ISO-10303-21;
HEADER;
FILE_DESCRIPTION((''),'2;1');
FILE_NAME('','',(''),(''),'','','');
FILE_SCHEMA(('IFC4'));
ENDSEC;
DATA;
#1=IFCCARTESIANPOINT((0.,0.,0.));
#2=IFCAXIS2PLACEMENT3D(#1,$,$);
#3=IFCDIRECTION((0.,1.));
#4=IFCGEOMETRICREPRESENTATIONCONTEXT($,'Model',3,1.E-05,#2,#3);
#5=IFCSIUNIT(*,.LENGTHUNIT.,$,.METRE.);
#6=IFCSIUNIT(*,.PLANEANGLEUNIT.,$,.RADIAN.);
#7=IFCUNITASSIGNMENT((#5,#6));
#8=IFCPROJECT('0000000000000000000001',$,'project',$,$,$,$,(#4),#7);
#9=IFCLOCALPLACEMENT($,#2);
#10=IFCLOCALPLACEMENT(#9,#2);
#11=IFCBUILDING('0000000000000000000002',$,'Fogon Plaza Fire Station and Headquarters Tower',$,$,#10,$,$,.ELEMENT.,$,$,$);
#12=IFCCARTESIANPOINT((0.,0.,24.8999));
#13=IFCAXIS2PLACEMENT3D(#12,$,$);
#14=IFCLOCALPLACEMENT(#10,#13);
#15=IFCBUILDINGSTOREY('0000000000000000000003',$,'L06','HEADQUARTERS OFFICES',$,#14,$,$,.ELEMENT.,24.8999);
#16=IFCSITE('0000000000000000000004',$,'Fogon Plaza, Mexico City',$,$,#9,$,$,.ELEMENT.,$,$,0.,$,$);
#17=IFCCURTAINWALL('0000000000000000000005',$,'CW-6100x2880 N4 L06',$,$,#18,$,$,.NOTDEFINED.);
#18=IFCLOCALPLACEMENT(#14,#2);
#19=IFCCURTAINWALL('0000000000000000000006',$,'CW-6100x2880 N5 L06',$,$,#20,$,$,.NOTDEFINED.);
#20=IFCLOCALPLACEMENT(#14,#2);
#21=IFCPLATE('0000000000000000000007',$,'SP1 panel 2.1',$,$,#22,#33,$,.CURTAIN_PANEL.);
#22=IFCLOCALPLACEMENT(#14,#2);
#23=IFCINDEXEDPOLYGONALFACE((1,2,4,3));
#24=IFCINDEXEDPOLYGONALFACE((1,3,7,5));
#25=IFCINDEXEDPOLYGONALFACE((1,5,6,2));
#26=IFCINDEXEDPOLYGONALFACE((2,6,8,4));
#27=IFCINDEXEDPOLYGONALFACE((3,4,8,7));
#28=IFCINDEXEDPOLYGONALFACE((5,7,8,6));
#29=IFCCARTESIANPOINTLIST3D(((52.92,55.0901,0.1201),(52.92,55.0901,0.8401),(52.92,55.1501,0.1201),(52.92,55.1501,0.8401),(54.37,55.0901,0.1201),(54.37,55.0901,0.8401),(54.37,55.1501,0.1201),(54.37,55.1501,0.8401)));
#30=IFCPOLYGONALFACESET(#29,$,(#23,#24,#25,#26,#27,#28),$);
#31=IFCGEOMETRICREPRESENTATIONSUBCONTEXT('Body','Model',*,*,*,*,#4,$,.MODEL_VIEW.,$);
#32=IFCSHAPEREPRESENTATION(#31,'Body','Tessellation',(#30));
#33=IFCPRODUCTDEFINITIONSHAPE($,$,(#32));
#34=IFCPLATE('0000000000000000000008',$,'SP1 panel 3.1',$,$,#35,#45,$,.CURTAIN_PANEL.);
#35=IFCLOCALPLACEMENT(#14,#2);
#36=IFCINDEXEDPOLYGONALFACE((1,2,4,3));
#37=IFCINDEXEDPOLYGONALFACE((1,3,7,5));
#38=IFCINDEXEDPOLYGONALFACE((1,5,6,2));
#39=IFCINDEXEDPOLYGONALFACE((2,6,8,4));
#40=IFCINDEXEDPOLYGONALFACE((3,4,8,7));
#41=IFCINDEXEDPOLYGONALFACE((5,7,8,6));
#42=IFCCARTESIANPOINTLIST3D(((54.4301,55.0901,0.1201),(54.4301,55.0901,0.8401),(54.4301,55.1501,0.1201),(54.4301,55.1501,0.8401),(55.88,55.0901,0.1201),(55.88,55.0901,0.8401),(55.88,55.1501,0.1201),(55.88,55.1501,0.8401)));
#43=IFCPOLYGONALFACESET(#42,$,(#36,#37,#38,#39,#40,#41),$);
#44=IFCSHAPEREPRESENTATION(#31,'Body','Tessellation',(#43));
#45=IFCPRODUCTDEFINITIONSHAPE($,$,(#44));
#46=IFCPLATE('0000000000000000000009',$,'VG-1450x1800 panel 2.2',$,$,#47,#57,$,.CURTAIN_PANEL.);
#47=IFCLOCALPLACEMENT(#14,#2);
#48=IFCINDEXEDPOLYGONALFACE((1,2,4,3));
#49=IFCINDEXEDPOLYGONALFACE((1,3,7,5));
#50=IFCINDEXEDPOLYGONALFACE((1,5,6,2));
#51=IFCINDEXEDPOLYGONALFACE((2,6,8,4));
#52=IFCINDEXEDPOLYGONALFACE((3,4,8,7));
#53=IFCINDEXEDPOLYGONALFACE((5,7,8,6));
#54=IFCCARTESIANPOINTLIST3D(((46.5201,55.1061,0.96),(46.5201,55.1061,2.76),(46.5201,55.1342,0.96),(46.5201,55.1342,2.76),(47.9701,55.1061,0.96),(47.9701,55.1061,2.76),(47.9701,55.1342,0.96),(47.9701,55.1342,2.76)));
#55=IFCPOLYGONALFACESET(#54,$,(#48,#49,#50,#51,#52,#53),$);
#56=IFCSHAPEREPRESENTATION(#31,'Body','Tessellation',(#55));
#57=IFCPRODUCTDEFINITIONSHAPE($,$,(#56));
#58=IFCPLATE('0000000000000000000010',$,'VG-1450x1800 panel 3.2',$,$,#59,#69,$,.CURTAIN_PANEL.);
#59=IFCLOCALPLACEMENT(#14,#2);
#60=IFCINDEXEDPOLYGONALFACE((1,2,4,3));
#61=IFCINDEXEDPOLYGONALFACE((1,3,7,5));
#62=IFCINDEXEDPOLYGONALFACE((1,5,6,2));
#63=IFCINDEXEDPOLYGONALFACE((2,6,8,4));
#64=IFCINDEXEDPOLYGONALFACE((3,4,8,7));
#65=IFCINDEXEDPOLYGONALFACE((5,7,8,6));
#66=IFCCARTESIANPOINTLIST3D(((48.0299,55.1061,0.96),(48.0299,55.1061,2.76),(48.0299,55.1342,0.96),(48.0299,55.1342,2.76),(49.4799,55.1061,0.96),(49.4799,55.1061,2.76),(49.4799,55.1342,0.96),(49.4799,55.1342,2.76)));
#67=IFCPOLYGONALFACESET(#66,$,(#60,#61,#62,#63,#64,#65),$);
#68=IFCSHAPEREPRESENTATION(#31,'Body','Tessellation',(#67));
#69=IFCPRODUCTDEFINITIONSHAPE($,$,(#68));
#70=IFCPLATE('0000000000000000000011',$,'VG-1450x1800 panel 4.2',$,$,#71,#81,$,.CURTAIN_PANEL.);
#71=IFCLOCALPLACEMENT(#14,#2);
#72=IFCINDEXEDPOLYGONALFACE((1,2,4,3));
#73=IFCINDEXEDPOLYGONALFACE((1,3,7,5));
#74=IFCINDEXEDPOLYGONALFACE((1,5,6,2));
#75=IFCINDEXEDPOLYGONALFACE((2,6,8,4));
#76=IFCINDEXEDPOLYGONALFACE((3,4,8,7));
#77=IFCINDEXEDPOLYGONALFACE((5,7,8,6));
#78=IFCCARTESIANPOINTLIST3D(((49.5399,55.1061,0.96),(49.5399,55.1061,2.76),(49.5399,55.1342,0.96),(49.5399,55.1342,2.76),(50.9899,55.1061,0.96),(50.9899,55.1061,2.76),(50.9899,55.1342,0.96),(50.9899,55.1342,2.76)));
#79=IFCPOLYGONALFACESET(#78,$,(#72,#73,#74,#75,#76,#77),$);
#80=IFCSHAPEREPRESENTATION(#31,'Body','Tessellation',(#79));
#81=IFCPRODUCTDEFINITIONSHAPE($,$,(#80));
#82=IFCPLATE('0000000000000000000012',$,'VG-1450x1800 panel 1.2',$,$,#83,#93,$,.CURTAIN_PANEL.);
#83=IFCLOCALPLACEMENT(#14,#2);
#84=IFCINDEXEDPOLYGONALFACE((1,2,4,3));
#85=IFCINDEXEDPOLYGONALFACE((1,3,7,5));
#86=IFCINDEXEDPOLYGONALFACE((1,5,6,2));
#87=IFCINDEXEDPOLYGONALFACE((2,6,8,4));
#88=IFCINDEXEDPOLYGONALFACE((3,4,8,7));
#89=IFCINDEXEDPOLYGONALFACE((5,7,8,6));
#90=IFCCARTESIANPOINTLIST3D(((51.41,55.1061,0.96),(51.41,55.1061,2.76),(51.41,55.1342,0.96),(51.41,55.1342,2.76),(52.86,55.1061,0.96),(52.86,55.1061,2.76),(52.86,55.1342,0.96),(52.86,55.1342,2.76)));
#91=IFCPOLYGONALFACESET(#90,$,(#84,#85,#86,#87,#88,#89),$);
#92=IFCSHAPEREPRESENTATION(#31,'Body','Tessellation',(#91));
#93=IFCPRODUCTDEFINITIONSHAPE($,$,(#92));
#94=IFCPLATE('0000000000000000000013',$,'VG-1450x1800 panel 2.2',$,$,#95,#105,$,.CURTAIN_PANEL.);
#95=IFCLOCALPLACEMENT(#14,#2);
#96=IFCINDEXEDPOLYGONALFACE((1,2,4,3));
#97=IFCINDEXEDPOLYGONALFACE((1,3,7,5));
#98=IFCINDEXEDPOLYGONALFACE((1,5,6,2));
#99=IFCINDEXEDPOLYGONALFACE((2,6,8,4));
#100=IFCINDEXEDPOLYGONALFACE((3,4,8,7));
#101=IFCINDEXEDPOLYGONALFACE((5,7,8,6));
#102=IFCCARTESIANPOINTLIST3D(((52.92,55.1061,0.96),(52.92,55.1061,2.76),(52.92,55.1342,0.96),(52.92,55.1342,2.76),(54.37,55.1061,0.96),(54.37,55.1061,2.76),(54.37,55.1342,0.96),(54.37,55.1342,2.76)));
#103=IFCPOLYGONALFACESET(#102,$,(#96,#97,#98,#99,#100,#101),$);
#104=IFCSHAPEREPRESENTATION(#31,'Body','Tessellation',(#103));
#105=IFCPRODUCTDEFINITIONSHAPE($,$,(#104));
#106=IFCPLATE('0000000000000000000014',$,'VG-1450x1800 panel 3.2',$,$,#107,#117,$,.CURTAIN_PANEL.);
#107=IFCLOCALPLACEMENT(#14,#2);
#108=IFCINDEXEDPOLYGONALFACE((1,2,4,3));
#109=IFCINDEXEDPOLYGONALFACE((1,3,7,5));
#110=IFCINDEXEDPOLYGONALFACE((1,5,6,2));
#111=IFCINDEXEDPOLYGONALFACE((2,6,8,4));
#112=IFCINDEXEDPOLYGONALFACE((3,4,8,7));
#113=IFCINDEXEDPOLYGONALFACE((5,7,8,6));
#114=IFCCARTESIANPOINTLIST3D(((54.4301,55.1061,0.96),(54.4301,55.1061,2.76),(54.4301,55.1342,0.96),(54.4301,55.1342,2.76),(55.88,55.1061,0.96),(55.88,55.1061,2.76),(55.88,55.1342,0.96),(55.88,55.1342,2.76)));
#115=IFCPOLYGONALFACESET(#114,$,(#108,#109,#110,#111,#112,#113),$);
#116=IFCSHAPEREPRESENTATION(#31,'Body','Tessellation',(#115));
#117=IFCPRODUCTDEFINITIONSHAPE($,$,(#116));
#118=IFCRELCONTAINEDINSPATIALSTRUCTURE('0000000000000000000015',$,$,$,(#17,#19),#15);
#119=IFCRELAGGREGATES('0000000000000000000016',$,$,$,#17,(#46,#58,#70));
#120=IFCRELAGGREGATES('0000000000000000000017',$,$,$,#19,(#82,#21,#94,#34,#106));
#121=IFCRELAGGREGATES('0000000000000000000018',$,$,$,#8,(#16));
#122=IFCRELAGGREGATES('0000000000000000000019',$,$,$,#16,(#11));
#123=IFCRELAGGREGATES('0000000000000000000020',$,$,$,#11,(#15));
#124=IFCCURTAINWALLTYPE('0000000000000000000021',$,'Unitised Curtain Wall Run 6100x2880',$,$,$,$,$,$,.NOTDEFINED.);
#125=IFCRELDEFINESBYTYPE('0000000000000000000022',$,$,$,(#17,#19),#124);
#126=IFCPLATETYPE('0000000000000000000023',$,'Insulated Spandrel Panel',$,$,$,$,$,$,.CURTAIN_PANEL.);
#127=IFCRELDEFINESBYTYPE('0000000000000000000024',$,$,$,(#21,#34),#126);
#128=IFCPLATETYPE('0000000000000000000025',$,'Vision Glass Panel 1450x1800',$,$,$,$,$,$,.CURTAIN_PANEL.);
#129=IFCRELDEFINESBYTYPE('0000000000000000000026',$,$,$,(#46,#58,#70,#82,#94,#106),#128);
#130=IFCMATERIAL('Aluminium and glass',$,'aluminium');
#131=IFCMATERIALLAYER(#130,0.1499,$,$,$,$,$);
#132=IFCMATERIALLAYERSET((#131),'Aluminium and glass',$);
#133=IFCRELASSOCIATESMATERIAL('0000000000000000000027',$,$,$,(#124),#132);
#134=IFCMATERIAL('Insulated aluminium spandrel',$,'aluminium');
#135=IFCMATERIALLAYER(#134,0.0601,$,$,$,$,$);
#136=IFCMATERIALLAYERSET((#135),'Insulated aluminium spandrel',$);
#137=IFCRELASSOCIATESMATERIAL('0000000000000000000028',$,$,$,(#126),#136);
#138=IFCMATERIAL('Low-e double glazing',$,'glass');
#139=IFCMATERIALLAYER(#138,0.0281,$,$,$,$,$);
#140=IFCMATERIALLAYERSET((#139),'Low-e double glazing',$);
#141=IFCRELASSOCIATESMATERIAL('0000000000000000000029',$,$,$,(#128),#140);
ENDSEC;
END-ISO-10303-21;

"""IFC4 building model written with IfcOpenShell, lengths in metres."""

from ifc_helpers import new_model, si_unit, direction, frame, origin, origin_2d, place, context, subcontext, project, spatial, rectangle, extrude, material, layer, layer_set, type_object, element, aggregate, save


model = new_model("IFC4")

# Units and contexts
model_context = context("Model", 3, precision=1e-05, world=origin(), true_north=direction((0.0, 1.0)))
body_context = subcontext(model_context, "Body", "Model", "MODEL_VIEW")
ifc_project = project(units=[si_unit("LENGTHUNIT", "METRE"), si_unit("PLANEANGLEUNIT", "RADIAN")], contexts=[model_context])

# Site, building, storey
site_placement = place(None, origin())
site = spatial("IfcSite", under=ifc_project, at=site_placement, Name="Fogon Plaza, Mexico City", CompositionType="ELEMENT", RefElevation=0.0)
building_placement = place(site_placement, origin())
building = spatial("IfcBuilding", under=site, at=building_placement, Name="Fogon Plaza Fire Station and Headquarters Tower", CompositionType="ELEMENT")
storey_placement = place(building_placement, frame((0.0, 0.0, 24.8999)))
storey = spatial("IfcBuildingStorey", under=building, at=storey_placement, Name="L06", Description="HEADQUARTERS OFFICES", CompositionType="ELEMENT", Elevation=24.8999)

# Curtain walls
ifc_material_1 = material(Name="Aluminium and glass", Category="aluminium")
ifc_layer_1 = layer(ifc_material_1, 0.1499)
ifc_layer_set_1 = layer_set([ifc_layer_1], Name="Aluminium and glass")
curtain_wall_type = type_object("IfcCurtainWallType", Name="Unitised Curtain Wall Run 6100x2880", PredefinedType="NOTDEFINED", material=ifc_layer_set_1)
curtain_wall_1_placement = place(storey_placement, origin())
curtain_wall_1 = element("IfcCurtainWall", 1, at=curtain_wall_1_placement, inside=storey, type_object=curtain_wall_type, Name="CW-6100x2880 N4 L06", PredefinedType="NOTDEFINED")
curtain_wall_2_placement = place(storey_placement, origin())
curtain_wall_2 = element("IfcCurtainWall", 2, at=curtain_wall_2_placement, inside=storey, type_object=curtain_wall_type, Name="CW-6100x2880 N5 L06", PredefinedType="NOTDEFINED")

# Plates
ifc_material_2 = material(Name="Insulated aluminium spandrel", Category="aluminium")
ifc_layer_2 = layer(ifc_material_2, 0.0601)
ifc_layer_set_2 = layer_set([ifc_layer_2], Name="Insulated aluminium spandrel")
plate_type_1 = type_object("IfcPlateType", Name="Insulated Spandrel Panel", PredefinedType="CURTAIN_PANEL", material=ifc_layer_set_2)
plate_1_placement = place(storey_placement, frame((53.645, 55.1201, 0.1201), z_axis=(0.0, 0.0, 1.0), x_axis=(1.0, 0.0, 0.0)))
plate_1 = element("IfcPlate", 3, at=plate_1_placement, type_object=plate_type_1, Name="SP1 panel 2.1", PredefinedType="CURTAIN_PANEL", context=body_context, shape_type="SweptSolid", body=[
    extrude(rectangle(XDim=1.45, YDim=0.0601, at=origin_2d()), origin(), (0.0, 0.0, 1.0), 0.72),
])
plate_2_placement = place(storey_placement, frame((55.155, 55.1201, 0.1201), z_axis=(0.0, 0.0, 1.0), x_axis=(1.0, 0.0, 0.0)))
plate_2 = element("IfcPlate", 4, at=plate_2_placement, type_object=plate_type_1, Name="SP1 panel 3.1", PredefinedType="CURTAIN_PANEL", context=body_context, shape_type="SweptSolid", body=[
    extrude(rectangle(XDim=1.45, YDim=0.0601, at=origin_2d()), origin(), (0.0, 0.0, 1.0), 0.72),
])
ifc_material_3 = material(Name="Low-e double glazing", Category="glass")
ifc_layer_3 = layer(ifc_material_3, 0.0281)
ifc_layer_set_3 = layer_set([ifc_layer_3], Name="Low-e double glazing")
plate_type_2 = type_object("IfcPlateType", Name="Vision Glass Panel 1450x1800", PredefinedType="CURTAIN_PANEL", material=ifc_layer_set_3)
plate_3_placement = place(storey_placement, frame((47.2451, 55.1201, 0.96), z_axis=(0.0, 0.0, 1.0), x_axis=(1.0, 0.0, 0.0)))
plate_3 = element("IfcPlate", 5, at=plate_3_placement, type_object=plate_type_2, Name="VG-1450x1800 panel 2.2", PredefinedType="CURTAIN_PANEL", context=body_context, shape_type="SweptSolid", body=[
    extrude(rectangle(XDim=1.45, YDim=0.0281, at=origin_2d()), origin(), (0.0, 0.0, 1.0), 1.8),
])
plate_4_placement = place(storey_placement, frame((48.7549, 55.1201, 0.96), z_axis=(0.0, 0.0, 1.0), x_axis=(1.0, 0.0, 0.0)))
plate_4 = element("IfcPlate", 6, at=plate_4_placement, type_object=plate_type_2, Name="VG-1450x1800 panel 3.2", PredefinedType="CURTAIN_PANEL", context=body_context, shape_type="SweptSolid", body=[
    extrude(rectangle(XDim=1.45, YDim=0.0281, at=origin_2d()), origin(), (0.0, 0.0, 1.0), 1.8),
])
plate_5_placement = place(storey_placement, frame((50.2649, 55.1201, 0.96), z_axis=(0.0, 0.0, 1.0), x_axis=(1.0, 0.0, 0.0)))
plate_5 = element("IfcPlate", 7, at=plate_5_placement, type_object=plate_type_2, Name="VG-1450x1800 panel 4.2", PredefinedType="CURTAIN_PANEL", context=body_context, shape_type="SweptSolid", body=[
    extrude(rectangle(XDim=1.45, YDim=0.0281, at=origin_2d()), origin(), (0.0, 0.0, 1.0), 1.8),
])
aggregate(curtain_wall_1, [plate_3, plate_4, plate_5])
plate_6_placement = place(storey_placement, frame((52.135, 55.1201, 0.96), z_axis=(0.0, 0.0, 1.0), x_axis=(1.0, 0.0, 0.0)))
plate_6 = element("IfcPlate", 8, at=plate_6_placement, type_object=plate_type_2, Name="VG-1450x1800 panel 1.2", PredefinedType="CURTAIN_PANEL", context=body_context, shape_type="SweptSolid", body=[
    extrude(rectangle(XDim=1.45, YDim=0.0281, at=origin_2d()), origin(), (0.0, 0.0, 1.0), 1.8),
])
plate_7_placement = place(storey_placement, frame((53.645, 55.1201, 0.96), z_axis=(0.0, 0.0, 1.0), x_axis=(1.0, 0.0, 0.0)))
plate_7 = element("IfcPlate", 9, at=plate_7_placement, type_object=plate_type_2, Name="VG-1450x1800 panel 2.2", PredefinedType="CURTAIN_PANEL", context=body_context, shape_type="SweptSolid", body=[
    extrude(rectangle(XDim=1.45, YDim=0.0281, at=origin_2d()), origin(), (0.0, 0.0, 1.0), 1.8),
])
plate_8_placement = place(storey_placement, frame((55.155, 55.1201, 0.96), z_axis=(0.0, 0.0, 1.0), x_axis=(1.0, 0.0, 0.0)))
plate_8 = element("IfcPlate", 10, at=plate_8_placement, type_object=plate_type_2, Name="VG-1450x1800 panel 3.2", PredefinedType="CURTAIN_PANEL", context=body_context, shape_type="SweptSolid", body=[
    extrude(rectangle(XDim=1.45, YDim=0.0281, at=origin_2d()), origin(), (0.0, 0.0, 1.0), 1.8),
])
aggregate(curtain_wall_2, [plate_6, plate_1, plate_7, plate_2, plate_8])

save(model, "model.ifc")
